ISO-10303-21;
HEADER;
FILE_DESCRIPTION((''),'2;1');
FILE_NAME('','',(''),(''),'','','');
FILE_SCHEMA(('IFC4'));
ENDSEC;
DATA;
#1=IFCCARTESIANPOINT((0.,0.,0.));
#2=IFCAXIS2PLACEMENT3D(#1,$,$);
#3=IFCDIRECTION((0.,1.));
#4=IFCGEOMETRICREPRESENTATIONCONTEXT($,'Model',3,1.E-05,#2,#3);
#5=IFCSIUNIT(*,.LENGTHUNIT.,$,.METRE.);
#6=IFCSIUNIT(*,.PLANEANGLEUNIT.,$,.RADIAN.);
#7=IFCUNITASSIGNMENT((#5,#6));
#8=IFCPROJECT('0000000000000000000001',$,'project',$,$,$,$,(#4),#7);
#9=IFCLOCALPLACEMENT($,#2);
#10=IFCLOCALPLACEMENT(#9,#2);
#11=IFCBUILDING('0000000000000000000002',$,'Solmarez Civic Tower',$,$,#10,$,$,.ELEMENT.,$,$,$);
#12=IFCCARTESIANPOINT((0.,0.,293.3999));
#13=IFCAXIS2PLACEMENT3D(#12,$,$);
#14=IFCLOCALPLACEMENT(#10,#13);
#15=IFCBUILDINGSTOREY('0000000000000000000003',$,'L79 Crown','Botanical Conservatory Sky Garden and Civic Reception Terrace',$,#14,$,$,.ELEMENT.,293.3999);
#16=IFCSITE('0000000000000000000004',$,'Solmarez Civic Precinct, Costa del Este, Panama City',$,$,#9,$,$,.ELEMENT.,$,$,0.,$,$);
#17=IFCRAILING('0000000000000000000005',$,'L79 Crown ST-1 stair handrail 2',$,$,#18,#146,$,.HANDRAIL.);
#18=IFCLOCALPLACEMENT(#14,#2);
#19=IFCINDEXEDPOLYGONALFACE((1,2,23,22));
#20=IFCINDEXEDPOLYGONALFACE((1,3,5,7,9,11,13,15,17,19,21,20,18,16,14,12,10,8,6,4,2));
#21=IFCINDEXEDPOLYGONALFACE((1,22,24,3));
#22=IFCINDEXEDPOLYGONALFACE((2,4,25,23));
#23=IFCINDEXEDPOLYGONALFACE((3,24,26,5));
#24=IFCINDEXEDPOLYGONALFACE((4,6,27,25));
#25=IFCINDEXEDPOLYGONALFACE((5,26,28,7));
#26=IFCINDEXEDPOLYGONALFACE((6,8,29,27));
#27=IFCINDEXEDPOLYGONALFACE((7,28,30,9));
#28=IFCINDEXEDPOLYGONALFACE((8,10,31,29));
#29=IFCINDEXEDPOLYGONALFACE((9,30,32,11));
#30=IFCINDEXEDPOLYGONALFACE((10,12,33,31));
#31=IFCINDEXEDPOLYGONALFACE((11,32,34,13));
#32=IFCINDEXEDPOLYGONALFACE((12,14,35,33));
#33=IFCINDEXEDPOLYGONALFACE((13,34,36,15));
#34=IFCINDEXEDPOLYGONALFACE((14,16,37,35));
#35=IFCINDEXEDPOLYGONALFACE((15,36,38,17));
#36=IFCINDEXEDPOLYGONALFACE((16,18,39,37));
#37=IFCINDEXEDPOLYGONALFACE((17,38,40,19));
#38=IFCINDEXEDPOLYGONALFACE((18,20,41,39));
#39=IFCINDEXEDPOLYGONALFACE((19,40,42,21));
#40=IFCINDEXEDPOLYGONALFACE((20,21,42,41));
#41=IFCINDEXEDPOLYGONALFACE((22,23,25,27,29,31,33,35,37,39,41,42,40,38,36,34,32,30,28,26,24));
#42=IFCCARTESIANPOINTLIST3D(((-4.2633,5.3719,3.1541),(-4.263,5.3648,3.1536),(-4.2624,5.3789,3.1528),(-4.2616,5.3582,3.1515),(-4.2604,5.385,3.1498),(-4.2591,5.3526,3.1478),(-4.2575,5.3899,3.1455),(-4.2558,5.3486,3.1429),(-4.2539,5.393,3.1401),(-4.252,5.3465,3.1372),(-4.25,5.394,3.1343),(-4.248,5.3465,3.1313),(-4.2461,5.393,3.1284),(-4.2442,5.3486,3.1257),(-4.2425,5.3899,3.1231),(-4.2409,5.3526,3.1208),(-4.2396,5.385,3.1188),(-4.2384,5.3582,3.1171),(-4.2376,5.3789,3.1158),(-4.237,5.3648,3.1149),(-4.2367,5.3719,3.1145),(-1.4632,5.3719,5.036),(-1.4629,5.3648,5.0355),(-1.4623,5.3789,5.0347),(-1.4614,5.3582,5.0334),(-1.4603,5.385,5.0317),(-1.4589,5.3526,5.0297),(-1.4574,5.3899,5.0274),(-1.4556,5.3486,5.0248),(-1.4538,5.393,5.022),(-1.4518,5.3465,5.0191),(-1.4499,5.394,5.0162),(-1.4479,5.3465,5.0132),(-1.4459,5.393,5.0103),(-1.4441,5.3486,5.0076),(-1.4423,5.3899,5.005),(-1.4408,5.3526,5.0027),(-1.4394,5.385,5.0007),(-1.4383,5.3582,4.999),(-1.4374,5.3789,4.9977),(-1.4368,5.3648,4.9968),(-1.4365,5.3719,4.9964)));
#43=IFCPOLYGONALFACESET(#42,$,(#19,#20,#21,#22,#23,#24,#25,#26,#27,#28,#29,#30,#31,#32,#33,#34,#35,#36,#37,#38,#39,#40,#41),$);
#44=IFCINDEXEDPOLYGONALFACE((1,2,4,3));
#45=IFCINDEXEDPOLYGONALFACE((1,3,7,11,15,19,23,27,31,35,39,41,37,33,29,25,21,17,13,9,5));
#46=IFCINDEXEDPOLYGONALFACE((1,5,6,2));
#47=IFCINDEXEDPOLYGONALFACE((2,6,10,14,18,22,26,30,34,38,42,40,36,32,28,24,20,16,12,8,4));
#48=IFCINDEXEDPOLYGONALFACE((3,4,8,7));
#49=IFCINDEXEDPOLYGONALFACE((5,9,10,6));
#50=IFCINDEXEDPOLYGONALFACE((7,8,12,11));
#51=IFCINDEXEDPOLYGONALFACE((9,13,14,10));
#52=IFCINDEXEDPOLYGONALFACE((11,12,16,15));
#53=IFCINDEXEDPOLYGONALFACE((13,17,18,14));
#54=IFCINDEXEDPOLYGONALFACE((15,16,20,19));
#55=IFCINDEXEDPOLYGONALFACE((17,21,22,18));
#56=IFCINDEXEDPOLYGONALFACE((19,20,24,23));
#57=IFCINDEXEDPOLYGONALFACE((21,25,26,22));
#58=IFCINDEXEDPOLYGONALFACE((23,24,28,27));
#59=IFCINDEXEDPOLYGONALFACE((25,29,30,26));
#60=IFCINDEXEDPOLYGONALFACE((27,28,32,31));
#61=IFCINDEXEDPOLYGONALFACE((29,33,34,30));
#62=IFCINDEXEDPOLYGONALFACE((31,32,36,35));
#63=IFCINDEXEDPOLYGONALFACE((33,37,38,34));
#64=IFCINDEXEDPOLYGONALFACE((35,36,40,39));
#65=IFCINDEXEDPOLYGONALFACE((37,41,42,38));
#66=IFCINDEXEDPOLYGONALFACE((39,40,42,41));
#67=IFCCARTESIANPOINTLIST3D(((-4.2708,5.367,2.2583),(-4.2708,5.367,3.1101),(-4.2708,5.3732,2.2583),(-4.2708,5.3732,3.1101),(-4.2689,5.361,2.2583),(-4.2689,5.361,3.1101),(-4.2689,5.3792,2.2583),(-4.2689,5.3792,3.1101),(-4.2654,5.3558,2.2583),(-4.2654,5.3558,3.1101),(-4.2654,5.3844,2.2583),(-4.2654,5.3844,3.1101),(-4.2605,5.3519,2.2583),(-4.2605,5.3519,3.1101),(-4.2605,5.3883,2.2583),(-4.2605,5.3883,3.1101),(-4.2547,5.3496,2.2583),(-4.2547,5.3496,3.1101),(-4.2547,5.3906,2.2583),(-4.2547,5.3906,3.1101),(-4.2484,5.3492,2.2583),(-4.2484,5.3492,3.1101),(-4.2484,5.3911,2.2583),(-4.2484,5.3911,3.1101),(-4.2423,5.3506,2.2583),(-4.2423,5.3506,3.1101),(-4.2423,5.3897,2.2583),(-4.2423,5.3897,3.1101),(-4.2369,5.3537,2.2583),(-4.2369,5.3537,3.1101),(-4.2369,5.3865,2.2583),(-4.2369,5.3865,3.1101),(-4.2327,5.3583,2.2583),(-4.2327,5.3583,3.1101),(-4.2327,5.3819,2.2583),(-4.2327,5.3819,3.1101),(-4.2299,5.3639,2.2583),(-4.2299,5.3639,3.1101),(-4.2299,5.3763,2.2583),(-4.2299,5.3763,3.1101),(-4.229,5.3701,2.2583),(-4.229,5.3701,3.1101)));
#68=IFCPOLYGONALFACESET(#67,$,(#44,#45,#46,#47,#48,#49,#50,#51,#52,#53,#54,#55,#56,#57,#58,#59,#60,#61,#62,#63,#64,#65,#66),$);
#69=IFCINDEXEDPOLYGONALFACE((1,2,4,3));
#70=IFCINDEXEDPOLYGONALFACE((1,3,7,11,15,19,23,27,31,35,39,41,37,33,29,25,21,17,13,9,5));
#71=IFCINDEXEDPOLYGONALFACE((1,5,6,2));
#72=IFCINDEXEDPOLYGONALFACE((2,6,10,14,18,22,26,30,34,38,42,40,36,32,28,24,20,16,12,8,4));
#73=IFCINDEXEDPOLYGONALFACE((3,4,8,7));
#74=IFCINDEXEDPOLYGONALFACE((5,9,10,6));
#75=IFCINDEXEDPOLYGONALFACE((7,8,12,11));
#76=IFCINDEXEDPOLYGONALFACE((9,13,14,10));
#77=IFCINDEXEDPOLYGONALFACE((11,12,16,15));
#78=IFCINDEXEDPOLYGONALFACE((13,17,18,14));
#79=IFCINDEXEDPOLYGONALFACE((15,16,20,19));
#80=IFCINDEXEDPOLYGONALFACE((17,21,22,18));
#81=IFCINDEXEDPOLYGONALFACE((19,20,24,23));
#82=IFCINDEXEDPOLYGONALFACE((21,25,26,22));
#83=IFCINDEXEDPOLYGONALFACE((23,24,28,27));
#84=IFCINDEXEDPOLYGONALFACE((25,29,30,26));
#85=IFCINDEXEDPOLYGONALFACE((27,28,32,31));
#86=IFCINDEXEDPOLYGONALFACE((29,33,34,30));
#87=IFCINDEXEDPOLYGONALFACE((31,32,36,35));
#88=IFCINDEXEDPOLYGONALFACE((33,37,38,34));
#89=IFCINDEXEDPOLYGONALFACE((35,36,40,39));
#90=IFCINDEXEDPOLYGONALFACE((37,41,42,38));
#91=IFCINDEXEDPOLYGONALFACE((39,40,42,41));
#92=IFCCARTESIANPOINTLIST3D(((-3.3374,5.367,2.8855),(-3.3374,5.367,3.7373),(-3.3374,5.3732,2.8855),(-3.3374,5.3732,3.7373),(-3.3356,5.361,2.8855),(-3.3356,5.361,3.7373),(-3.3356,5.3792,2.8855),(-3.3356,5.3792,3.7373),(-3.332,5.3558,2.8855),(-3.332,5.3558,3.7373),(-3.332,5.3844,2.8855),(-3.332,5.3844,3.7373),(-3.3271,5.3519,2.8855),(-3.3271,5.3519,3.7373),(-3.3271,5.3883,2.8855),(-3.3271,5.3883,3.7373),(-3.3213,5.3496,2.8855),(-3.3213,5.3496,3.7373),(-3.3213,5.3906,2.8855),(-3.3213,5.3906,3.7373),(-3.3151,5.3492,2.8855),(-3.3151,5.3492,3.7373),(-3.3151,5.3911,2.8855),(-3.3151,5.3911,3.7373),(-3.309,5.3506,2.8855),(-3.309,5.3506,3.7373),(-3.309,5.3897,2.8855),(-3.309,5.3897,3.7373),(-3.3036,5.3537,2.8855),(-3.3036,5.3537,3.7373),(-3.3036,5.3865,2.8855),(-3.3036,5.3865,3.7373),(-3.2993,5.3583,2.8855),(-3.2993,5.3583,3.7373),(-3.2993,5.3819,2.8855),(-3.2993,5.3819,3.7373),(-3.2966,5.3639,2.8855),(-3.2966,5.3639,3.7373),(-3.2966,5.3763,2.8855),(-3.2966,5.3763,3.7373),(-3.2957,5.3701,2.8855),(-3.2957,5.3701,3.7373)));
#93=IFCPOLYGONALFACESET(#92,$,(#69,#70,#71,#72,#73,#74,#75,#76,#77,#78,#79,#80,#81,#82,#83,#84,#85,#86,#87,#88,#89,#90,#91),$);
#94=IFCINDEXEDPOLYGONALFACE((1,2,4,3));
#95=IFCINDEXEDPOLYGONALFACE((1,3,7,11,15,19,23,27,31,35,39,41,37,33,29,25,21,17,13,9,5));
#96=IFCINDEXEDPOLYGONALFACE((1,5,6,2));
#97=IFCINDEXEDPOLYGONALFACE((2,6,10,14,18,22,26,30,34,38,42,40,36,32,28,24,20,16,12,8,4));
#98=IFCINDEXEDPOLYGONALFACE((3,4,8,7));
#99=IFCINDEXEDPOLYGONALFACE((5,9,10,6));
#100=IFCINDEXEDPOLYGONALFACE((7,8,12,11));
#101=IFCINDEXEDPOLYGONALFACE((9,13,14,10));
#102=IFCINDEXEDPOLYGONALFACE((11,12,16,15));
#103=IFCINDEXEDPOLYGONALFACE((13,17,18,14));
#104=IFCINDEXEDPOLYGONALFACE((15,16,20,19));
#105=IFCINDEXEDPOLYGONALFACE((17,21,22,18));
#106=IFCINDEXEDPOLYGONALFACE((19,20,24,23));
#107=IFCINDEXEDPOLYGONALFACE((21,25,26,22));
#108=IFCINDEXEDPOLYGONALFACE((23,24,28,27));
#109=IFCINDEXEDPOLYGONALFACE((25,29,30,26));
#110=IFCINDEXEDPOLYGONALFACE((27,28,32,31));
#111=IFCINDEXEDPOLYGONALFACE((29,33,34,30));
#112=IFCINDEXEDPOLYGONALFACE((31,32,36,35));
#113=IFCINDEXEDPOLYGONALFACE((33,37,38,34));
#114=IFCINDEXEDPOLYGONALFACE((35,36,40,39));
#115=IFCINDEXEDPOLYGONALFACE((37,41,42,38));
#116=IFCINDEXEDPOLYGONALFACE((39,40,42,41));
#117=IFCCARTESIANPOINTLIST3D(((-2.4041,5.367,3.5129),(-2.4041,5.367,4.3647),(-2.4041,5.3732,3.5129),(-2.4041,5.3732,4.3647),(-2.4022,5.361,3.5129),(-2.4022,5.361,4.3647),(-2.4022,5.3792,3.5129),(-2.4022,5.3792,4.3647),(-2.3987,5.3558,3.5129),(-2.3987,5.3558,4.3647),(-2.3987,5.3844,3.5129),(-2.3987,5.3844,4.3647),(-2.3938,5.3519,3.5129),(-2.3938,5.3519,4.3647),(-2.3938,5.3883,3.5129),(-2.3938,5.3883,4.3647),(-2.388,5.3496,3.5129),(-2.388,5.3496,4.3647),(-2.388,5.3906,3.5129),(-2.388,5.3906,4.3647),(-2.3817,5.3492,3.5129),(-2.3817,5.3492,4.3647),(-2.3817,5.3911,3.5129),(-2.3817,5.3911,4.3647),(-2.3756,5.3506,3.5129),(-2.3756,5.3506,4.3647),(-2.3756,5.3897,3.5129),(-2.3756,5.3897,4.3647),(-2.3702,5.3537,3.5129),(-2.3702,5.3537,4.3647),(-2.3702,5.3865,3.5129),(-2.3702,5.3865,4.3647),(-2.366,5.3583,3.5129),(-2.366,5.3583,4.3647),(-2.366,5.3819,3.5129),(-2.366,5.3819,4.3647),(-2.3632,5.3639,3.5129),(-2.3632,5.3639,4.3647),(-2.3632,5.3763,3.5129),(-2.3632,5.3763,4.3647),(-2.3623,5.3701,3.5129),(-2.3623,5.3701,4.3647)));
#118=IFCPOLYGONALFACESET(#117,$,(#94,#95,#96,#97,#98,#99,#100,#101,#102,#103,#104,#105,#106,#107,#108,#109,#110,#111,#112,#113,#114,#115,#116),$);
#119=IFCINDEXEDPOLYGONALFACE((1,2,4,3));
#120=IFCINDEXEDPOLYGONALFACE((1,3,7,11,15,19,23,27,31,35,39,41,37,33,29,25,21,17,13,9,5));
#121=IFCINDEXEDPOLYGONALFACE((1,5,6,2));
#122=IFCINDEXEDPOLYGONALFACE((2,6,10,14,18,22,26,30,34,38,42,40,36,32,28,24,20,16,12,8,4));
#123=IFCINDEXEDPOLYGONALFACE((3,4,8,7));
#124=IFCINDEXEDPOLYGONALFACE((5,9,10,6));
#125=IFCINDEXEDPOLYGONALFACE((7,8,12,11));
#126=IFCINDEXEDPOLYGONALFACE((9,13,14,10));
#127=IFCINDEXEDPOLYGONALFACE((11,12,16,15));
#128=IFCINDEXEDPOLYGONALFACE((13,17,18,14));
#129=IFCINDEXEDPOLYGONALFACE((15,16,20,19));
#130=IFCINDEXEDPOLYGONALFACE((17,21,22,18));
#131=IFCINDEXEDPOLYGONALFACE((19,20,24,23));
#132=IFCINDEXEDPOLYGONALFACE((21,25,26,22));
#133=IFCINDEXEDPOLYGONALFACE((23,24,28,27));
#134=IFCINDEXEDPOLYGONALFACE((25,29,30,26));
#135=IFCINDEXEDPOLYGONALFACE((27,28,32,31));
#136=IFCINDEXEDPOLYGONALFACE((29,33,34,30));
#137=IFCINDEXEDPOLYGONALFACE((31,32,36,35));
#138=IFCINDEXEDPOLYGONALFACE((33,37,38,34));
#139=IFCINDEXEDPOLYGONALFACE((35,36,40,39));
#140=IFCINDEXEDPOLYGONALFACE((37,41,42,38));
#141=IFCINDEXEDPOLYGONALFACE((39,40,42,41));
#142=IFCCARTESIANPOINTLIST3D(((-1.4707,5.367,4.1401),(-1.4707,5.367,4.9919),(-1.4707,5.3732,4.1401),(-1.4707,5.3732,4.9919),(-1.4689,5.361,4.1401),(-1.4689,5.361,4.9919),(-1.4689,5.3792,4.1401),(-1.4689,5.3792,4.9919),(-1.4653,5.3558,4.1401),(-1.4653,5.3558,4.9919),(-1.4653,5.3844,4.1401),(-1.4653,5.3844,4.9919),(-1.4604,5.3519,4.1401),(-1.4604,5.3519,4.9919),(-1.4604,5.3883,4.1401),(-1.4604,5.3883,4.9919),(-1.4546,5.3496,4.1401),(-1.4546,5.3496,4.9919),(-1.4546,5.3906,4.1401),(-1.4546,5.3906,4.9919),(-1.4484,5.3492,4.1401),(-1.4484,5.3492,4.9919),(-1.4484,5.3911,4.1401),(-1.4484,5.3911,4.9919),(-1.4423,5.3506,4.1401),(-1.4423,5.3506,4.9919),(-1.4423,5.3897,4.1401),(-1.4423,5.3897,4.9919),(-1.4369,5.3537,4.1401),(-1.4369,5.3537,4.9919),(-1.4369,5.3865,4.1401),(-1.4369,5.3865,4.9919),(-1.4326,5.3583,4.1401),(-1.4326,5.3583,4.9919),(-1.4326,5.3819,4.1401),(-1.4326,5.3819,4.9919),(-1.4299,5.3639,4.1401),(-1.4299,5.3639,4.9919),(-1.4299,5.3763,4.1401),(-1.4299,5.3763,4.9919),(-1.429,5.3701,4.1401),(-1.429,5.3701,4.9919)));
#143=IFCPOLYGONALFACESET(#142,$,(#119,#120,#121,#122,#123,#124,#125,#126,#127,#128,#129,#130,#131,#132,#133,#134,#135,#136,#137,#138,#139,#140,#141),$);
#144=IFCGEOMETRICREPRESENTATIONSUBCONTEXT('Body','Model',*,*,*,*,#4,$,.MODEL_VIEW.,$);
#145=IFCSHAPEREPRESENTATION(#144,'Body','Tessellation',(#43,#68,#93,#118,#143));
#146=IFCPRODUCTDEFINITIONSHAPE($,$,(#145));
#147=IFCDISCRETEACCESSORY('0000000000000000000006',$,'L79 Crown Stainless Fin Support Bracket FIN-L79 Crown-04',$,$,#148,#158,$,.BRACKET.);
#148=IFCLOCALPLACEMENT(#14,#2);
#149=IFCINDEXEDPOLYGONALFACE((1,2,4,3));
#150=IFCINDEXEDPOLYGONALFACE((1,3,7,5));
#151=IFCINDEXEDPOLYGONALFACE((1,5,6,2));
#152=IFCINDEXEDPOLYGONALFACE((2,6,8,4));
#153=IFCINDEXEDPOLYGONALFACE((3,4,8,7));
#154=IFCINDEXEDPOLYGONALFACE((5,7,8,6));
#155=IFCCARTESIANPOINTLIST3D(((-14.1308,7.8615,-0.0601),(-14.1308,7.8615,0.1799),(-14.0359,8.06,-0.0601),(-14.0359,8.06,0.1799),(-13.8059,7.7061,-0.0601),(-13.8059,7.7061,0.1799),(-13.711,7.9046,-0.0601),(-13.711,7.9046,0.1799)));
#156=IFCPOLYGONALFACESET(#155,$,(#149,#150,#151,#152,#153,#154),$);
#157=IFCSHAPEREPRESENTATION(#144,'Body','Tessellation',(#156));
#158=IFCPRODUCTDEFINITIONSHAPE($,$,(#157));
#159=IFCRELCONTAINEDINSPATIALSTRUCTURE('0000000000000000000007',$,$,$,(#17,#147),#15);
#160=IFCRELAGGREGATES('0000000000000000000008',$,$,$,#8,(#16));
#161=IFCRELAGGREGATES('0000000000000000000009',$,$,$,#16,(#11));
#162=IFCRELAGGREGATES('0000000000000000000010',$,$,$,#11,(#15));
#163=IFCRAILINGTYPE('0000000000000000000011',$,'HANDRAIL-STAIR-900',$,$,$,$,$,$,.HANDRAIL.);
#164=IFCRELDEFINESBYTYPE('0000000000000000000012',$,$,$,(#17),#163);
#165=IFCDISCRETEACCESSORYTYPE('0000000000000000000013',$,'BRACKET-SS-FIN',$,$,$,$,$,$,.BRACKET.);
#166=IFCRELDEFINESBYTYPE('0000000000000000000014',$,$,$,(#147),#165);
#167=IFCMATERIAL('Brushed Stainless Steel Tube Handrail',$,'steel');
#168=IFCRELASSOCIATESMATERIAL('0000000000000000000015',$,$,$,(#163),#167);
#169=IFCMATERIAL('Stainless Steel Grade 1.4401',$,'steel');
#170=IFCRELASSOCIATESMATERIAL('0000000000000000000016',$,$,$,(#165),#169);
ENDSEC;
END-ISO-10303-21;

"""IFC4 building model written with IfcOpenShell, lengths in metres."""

from ifc_helpers import new_model, si_unit, direction, frame, origin, origin_2d, place, context, subcontext, project, spatial, rectangle, circle, extrude, material, type_object, element, save


model = new_model("IFC4")

# Units and contexts
model_context = context("Model", 3, precision=1e-05, world=origin(), true_north=direction((0.0, 1.0)))
body_context = subcontext(model_context, "Body", "Model", "MODEL_VIEW")
ifc_project = project(units=[si_unit("LENGTHUNIT", "METRE"), si_unit("PLANEANGLEUNIT", "RADIAN")], contexts=[model_context])

# Site, building, storey
site_placement = place(None, origin())
site = spatial("IfcSite", under=ifc_project, at=site_placement, Name="Solmarez Civic Precinct, Costa del Este, Panama City", CompositionType="ELEMENT", RefElevation=0.0)
building_placement = place(site_placement, origin())
building = spatial("IfcBuilding", under=site, at=building_placement, Name="Solmarez Civic Tower", CompositionType="ELEMENT")
storey_placement = place(building_placement, frame((0.0, 0.0, 293.3999)))
storey = spatial("IfcBuildingStorey", under=building, at=storey_placement, Name="L79 Crown", Description="Botanical Conservatory Sky Garden and Civic Reception Terrace", CompositionType="ELEMENT", Elevation=293.3999)

# Railing
ifc_material_1 = material(Name="Brushed Stainless Steel Tube Handrail", Category="steel")
railing_type_1 = type_object("IfcRailingType", Name="HANDRAIL-STAIR-900", PredefinedType="HANDRAIL", material=ifc_material_1)
railing_1_placement = place(storey_placement, frame((-4.25, 5.3701, 2.2583)))
element("IfcRailing", 1, at=railing_1_placement, inside=storey, type_object=railing_type_1, Name="L79 Crown ST-1 stair handrail 2", PredefinedType="HANDRAIL", context=body_context, shape_type="SweptSolid", body=[
    extrude(circle(Radius=0.0239, at=origin_2d()), frame((0.0, 0.0, 0.876), z_axis=(0.829974, 0.0, 0.557803), x_axis=(0.0, 1.0, 0.0)), (0.0, 0.0, 1.0), 3.3738),
    extrude(circle(Radius=0.021, at=origin_2d()), origin(), (0.0, 0.0, 1.0), 0.8518),
    extrude(circle(Radius=0.021, at=origin_2d()), frame((0.9333, 0.0, 0.6272)), (0.0, 0.0, 1.0), 0.8518),
    extrude(circle(Radius=0.021, at=origin_2d()), frame((1.8667, 0.0, 1.2546)), (0.0, 0.0, 1.0), 0.8518),
    extrude(circle(Radius=0.021, at=origin_2d()), frame((2.8, 0.0, 1.8818)), (0.0, 0.0, 1.0), 0.8518),
])

# Discrete accessory
ifc_material_2 = material(Name="Stainless Steel Grade 1.4401", Category="steel")
discrete_accessory_type = type_object("IfcDiscreteAccessoryType", Name="BRACKET-SS-FIN", PredefinedType="BRACKET", material=ifc_material_2)
discrete_accessory_placement = place(storey_placement, frame((-13.9209, 7.8831, -0.0601), z_axis=(0.0, 0.0, 1.0), x_axis=(-0.902111, 0.431504, 0.0)))
element("IfcDiscreteAccessory", 2, at=discrete_accessory_placement, inside=storey, type_object=discrete_accessory_type, Name="L79 Crown Stainless Fin Support Bracket FIN-L79 Crown-04", PredefinedType="BRACKET", context=body_context, shape_type="SweptSolid", body=[
    extrude(rectangle(XDim=0.3601, YDim=0.22, at=origin_2d()), origin(), (0.0, 0.0, 1.0), 0.24),
])

save(model, "model.ifc")
